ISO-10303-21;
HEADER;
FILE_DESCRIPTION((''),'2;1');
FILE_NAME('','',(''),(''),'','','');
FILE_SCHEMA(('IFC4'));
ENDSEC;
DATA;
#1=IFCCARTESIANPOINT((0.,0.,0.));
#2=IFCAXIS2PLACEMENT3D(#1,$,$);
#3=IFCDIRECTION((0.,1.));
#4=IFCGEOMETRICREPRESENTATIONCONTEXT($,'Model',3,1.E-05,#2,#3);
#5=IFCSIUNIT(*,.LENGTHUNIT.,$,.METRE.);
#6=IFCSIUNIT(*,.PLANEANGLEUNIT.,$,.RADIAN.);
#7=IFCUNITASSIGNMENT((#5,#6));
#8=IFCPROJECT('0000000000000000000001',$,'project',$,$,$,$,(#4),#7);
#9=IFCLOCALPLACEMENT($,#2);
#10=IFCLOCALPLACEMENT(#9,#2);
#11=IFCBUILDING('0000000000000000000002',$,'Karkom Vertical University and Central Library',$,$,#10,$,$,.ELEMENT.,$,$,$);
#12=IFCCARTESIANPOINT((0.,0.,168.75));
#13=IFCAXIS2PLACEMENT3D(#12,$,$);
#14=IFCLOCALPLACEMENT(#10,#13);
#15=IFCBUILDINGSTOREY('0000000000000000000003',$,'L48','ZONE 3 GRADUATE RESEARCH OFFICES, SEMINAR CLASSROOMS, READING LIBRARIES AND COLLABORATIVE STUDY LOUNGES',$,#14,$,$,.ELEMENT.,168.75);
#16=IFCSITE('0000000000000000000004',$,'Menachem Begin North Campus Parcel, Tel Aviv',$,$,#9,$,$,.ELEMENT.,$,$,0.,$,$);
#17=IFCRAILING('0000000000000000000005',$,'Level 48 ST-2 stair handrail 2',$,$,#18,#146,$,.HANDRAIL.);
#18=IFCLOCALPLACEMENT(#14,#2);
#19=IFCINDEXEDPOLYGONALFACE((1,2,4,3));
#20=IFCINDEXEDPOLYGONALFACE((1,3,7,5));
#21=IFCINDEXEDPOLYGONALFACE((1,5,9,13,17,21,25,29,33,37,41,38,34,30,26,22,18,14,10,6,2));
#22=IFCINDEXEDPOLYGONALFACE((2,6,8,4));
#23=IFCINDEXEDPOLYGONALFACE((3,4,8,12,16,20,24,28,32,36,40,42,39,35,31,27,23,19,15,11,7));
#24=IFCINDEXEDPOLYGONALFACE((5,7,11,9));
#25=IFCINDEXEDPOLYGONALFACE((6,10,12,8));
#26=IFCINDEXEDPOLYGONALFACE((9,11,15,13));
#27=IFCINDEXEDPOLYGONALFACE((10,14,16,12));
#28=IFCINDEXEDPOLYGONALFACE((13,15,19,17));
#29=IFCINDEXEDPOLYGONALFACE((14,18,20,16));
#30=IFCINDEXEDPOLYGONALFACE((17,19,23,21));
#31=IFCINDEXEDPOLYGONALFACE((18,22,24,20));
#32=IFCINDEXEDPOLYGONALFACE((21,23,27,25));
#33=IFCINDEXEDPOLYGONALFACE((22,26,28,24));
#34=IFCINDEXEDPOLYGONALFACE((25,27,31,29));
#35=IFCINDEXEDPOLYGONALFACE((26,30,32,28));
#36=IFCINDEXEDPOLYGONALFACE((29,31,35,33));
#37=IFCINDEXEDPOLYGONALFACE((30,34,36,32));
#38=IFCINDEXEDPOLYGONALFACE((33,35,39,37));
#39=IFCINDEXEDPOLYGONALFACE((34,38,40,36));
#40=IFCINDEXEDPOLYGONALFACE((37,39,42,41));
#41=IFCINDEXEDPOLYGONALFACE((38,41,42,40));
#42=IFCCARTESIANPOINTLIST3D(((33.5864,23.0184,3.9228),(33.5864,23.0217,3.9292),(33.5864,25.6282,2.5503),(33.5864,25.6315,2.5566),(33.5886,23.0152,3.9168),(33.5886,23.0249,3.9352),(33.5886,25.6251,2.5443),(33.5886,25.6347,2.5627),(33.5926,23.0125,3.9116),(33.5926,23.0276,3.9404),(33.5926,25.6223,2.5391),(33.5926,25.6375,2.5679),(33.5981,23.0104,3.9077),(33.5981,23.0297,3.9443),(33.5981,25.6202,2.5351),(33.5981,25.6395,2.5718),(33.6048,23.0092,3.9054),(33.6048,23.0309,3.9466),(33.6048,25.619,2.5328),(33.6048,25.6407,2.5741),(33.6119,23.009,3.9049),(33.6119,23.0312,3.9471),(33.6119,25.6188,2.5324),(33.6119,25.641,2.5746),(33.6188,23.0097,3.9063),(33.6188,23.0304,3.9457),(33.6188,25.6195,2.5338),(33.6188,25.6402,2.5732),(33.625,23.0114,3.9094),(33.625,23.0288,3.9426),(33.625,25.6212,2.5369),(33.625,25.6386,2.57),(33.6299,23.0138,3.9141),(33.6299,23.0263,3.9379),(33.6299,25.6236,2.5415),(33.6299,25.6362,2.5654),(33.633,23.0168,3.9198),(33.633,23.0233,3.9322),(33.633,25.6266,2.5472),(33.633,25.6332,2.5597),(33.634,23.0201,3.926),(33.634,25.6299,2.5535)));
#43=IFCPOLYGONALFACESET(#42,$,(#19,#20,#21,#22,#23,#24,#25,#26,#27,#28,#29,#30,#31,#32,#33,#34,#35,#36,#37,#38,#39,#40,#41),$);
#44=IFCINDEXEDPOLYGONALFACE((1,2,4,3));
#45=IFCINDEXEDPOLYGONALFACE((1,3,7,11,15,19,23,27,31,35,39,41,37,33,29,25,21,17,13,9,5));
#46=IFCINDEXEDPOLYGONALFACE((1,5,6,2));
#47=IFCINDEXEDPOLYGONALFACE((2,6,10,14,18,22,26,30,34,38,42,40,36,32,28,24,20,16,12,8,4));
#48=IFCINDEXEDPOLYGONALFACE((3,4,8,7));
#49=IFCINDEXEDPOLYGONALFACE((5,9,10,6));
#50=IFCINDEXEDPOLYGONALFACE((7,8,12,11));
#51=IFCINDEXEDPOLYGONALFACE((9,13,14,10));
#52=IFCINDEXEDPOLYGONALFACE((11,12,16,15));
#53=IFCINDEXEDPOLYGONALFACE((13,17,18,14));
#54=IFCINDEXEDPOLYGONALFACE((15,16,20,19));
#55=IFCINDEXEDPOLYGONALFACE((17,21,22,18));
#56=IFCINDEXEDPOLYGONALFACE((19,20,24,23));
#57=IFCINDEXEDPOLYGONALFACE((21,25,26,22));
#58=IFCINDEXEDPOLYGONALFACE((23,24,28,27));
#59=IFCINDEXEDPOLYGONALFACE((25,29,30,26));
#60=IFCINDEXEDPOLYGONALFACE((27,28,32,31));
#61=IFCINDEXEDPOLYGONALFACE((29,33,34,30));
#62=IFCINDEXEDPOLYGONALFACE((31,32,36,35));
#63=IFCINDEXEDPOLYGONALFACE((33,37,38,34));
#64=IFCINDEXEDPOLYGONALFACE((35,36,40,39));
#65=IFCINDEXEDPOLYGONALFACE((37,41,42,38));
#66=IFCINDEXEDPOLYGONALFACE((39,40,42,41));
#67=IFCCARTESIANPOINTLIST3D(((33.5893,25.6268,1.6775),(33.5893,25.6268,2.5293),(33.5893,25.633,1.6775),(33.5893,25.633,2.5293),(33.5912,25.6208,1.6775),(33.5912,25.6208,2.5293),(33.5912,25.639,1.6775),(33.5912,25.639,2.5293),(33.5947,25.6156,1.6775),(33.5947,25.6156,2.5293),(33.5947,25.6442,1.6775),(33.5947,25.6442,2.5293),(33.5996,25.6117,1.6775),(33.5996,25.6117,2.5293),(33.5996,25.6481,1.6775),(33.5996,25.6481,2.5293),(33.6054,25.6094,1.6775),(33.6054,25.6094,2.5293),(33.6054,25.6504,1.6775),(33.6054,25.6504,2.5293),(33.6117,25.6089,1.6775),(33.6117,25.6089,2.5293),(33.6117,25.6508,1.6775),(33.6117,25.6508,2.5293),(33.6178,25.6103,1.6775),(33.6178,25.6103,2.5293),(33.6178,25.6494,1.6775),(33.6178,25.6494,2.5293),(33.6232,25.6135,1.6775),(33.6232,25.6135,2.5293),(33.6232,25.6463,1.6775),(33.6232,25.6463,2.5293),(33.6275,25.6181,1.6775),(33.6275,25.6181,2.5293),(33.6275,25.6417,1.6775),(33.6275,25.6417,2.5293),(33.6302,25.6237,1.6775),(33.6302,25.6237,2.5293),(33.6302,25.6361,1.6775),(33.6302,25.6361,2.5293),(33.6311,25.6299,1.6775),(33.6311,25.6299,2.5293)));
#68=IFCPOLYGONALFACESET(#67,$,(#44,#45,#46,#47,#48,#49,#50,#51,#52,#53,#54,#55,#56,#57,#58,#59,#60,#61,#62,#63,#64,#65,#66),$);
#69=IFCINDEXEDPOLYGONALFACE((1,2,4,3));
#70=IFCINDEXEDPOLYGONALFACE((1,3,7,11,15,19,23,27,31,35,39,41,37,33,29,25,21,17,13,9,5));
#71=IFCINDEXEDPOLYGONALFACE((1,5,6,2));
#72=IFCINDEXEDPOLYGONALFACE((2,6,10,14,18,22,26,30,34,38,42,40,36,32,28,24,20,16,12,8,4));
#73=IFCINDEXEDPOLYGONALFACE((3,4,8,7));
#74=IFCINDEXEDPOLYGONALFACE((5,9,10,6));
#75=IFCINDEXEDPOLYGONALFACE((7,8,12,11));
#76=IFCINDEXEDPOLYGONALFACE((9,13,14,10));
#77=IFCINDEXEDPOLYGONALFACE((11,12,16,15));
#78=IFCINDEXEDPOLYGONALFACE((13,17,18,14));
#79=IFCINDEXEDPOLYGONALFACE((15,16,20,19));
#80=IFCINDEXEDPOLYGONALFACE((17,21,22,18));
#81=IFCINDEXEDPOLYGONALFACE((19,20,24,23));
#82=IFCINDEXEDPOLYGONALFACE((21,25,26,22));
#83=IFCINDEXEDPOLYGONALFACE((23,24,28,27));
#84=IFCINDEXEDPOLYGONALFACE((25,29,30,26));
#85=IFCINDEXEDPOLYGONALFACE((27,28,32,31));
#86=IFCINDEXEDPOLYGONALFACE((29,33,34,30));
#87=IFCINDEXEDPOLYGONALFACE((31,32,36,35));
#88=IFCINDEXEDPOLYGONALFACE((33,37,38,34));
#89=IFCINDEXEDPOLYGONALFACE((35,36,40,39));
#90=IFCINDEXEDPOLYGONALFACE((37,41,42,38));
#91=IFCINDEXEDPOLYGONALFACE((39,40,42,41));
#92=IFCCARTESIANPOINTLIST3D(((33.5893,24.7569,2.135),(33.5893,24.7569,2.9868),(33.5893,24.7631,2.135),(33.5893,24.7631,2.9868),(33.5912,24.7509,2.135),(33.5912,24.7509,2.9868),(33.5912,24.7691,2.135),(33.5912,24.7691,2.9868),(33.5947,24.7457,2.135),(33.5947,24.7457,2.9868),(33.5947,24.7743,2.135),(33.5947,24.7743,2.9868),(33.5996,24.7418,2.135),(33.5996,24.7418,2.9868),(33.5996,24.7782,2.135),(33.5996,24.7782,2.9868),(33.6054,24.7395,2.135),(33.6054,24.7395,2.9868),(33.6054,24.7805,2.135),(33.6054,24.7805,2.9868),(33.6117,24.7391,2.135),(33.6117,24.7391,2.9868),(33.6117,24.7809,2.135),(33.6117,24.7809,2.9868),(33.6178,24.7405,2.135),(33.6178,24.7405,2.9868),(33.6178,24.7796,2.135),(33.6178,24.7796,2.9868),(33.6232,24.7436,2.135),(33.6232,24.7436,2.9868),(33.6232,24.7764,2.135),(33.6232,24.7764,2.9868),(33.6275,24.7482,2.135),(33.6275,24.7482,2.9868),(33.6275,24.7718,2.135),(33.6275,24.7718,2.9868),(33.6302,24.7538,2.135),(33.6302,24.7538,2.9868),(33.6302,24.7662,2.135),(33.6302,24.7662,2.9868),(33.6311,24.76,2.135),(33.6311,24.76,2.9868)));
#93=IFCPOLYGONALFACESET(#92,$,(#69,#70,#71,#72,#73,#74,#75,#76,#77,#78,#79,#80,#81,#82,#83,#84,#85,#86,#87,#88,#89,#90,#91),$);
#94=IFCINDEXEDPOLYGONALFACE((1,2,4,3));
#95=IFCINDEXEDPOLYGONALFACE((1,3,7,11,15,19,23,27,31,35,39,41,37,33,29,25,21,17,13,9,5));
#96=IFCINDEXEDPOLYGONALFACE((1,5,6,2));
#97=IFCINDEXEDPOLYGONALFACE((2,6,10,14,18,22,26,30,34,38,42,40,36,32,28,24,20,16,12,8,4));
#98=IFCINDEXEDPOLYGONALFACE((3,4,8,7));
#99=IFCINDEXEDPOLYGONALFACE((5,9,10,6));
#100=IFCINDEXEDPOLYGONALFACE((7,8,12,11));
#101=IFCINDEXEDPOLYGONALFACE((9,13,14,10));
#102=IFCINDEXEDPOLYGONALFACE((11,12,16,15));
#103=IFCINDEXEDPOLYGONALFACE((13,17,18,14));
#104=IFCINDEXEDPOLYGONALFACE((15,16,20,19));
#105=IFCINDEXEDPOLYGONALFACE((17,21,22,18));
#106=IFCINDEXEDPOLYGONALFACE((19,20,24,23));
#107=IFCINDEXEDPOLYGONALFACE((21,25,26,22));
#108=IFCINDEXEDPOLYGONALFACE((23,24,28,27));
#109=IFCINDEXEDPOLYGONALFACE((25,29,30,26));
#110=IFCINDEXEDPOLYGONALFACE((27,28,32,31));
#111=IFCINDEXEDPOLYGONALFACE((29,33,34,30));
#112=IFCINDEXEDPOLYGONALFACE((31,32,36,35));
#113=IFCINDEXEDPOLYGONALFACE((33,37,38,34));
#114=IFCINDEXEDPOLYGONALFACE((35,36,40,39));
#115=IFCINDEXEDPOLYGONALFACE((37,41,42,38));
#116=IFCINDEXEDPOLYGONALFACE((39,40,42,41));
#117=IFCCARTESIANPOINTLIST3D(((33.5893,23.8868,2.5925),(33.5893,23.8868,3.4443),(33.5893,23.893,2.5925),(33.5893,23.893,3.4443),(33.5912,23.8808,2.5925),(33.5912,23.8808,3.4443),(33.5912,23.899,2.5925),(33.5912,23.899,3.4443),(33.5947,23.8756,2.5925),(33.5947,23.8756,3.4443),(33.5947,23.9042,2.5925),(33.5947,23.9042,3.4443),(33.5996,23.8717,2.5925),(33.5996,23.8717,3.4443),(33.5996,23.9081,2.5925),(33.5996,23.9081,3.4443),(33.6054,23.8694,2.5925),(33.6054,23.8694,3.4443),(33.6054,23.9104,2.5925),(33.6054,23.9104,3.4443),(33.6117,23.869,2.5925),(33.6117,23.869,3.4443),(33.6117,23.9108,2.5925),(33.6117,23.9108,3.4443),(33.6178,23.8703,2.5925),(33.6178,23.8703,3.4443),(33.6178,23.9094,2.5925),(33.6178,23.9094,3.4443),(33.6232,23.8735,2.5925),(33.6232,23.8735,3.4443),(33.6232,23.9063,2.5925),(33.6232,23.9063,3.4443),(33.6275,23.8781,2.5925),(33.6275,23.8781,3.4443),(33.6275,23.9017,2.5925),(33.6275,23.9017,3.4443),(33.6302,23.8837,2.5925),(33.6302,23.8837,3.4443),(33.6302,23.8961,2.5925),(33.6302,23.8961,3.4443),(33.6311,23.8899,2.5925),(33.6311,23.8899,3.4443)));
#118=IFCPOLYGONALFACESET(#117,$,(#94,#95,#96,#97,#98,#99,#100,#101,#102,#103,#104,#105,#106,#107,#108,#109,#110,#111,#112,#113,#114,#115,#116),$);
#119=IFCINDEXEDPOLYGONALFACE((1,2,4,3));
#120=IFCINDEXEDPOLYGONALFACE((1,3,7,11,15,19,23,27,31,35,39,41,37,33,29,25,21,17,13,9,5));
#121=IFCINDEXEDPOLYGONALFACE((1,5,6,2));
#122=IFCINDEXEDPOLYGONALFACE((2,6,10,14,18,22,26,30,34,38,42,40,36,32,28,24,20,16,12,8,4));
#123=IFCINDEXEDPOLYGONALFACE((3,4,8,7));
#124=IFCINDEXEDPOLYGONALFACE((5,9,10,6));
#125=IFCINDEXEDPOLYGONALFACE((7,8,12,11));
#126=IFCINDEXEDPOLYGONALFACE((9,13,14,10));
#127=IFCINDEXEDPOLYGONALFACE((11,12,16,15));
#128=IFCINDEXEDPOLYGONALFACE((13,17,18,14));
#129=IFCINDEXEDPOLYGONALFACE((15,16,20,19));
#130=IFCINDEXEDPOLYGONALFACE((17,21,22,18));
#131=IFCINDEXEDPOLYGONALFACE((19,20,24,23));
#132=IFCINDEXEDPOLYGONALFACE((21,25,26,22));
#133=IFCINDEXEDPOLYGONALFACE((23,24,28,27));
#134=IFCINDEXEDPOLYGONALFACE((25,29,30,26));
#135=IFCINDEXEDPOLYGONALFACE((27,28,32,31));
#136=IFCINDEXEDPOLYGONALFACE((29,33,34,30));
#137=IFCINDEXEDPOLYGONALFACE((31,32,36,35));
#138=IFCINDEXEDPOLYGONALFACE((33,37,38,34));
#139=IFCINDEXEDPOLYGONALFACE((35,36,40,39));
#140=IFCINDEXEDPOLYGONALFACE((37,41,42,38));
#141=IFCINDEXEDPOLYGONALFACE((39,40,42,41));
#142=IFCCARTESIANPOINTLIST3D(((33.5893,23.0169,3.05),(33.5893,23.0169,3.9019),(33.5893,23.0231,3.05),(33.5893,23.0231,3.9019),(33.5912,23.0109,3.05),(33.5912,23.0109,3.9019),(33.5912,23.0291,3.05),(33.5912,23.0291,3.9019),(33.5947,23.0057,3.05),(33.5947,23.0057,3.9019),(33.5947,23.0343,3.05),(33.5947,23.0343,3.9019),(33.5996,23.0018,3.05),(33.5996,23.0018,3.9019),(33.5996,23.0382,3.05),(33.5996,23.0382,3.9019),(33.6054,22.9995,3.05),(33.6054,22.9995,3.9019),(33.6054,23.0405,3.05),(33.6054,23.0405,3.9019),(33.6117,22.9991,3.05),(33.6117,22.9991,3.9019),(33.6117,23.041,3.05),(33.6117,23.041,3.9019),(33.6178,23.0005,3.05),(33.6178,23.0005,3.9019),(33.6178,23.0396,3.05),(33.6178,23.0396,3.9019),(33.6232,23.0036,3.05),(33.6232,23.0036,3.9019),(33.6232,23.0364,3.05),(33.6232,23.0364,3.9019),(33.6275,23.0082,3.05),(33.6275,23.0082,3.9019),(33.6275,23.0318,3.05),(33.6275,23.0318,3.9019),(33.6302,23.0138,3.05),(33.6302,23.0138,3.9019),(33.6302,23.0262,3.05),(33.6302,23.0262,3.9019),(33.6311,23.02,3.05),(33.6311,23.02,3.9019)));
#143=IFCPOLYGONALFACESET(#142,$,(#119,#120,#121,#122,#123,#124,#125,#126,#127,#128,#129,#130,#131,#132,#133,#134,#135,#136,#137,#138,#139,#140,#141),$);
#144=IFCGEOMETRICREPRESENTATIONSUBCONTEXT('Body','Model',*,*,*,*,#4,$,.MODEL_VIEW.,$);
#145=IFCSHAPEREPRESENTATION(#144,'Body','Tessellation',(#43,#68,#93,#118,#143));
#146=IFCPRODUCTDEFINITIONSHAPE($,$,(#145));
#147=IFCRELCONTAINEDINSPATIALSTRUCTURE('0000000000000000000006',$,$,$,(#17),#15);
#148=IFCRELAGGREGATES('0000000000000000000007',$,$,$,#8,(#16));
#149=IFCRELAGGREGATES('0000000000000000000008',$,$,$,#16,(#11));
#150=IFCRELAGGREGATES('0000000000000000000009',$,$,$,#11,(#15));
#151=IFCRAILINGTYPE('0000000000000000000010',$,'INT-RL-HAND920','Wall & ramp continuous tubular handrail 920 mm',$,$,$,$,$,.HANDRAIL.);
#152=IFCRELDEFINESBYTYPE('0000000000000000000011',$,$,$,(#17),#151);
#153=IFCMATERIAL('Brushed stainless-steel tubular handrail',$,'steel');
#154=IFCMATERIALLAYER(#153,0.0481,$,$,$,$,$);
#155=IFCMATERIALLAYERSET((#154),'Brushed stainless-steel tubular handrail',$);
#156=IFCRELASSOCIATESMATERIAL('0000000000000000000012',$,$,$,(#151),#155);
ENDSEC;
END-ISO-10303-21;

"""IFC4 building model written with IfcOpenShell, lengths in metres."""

from ifc_helpers import new_model, si_unit, direction, frame, origin, origin_2d, place, context, subcontext, project, spatial, circle, extrude, material, layer, layer_set, type_object, element, save


model = new_model("IFC4")

# Units and contexts
model_context = context("Model", 3, precision=1e-05, world=origin(), true_north=direction((0.0, 1.0)))
body_context = subcontext(model_context, "Body", "Model", "MODEL_VIEW")
ifc_project = project(units=[si_unit("LENGTHUNIT", "METRE"), si_unit("PLANEANGLEUNIT", "RADIAN")], contexts=[model_context])

# Site, building, storey
site_placement = place(None, origin())
site = spatial("IfcSite", under=ifc_project, at=site_placement, Name="Menachem Begin North Campus Parcel, Tel Aviv", CompositionType="ELEMENT", RefElevation=0.0)
building_placement = place(site_placement, origin())
building = spatial("IfcBuilding", under=site, at=building_placement, Name="Karkom Vertical University and Central Library", CompositionType="ELEMENT")
storey_placement = place(building_placement, frame((0.0, 0.0, 168.75)))
storey = spatial("IfcBuildingStorey", under=building, at=storey_placement, Name="L48", Description="ZONE 3 GRADUATE RESEARCH OFFICES, SEMINAR CLASSROOMS, READING LIBRARIES AND COLLABORATIVE STUDY LOUNGES", CompositionType="ELEMENT", Elevation=168.75)

# Railing
ifc_material_1 = material(Name="Brushed stainless-steel tubular handrail", Category="steel")
ifc_layer_1 = layer(ifc_material_1, 0.0481)
ifc_layer_set_1 = layer_set([ifc_layer_1], Name="Brushed stainless-steel tubular handrail")
railing_type_1 = type_object("IfcRailingType", Name="INT-RL-HAND920", Description="Wall & ramp continuous tubular handrail 920 mm", PredefinedType="HANDRAIL", material=ifc_layer_set_1)
railing_1_placement = place(storey_placement, frame((33.6101, 25.6299, 1.6775)))
element("IfcRailing", 1, at=railing_1_placement, inside=storey, type_object=railing_type_1, Name="Level 48 ST-2 stair handrail 2", PredefinedType="HANDRAIL", context=body_context, shape_type="SweptSolid", body=[
    extrude(circle(Radius=0.0239, at=origin_2d()), frame((0.0, 0.0, 0.876), z_axis=(0.0, -0.885065, 0.465467), x_axis=(1.0, 0.0, 0.0)), (0.0, 0.0, 1.0), 2.9487),
    extrude(circle(Radius=0.021, at=origin_2d()), origin(), (0.0, 0.0, 1.0), 0.8518),
    extrude(circle(Radius=0.021, at=origin_2d()), frame((0.0, -0.8699, 0.4575)), (0.0, 0.0, 1.0), 0.8518),
    extrude(circle(Radius=0.021, at=origin_2d()), frame((0.0, -1.74, 0.915)), (0.0, 0.0, 1.0), 0.8518),
    extrude(circle(Radius=0.021, at=origin_2d()), frame((0.0, -2.6099, 1.3726)), (0.0, 0.0, 1.0), 0.8518),
])

save(model, "model.ifc")
